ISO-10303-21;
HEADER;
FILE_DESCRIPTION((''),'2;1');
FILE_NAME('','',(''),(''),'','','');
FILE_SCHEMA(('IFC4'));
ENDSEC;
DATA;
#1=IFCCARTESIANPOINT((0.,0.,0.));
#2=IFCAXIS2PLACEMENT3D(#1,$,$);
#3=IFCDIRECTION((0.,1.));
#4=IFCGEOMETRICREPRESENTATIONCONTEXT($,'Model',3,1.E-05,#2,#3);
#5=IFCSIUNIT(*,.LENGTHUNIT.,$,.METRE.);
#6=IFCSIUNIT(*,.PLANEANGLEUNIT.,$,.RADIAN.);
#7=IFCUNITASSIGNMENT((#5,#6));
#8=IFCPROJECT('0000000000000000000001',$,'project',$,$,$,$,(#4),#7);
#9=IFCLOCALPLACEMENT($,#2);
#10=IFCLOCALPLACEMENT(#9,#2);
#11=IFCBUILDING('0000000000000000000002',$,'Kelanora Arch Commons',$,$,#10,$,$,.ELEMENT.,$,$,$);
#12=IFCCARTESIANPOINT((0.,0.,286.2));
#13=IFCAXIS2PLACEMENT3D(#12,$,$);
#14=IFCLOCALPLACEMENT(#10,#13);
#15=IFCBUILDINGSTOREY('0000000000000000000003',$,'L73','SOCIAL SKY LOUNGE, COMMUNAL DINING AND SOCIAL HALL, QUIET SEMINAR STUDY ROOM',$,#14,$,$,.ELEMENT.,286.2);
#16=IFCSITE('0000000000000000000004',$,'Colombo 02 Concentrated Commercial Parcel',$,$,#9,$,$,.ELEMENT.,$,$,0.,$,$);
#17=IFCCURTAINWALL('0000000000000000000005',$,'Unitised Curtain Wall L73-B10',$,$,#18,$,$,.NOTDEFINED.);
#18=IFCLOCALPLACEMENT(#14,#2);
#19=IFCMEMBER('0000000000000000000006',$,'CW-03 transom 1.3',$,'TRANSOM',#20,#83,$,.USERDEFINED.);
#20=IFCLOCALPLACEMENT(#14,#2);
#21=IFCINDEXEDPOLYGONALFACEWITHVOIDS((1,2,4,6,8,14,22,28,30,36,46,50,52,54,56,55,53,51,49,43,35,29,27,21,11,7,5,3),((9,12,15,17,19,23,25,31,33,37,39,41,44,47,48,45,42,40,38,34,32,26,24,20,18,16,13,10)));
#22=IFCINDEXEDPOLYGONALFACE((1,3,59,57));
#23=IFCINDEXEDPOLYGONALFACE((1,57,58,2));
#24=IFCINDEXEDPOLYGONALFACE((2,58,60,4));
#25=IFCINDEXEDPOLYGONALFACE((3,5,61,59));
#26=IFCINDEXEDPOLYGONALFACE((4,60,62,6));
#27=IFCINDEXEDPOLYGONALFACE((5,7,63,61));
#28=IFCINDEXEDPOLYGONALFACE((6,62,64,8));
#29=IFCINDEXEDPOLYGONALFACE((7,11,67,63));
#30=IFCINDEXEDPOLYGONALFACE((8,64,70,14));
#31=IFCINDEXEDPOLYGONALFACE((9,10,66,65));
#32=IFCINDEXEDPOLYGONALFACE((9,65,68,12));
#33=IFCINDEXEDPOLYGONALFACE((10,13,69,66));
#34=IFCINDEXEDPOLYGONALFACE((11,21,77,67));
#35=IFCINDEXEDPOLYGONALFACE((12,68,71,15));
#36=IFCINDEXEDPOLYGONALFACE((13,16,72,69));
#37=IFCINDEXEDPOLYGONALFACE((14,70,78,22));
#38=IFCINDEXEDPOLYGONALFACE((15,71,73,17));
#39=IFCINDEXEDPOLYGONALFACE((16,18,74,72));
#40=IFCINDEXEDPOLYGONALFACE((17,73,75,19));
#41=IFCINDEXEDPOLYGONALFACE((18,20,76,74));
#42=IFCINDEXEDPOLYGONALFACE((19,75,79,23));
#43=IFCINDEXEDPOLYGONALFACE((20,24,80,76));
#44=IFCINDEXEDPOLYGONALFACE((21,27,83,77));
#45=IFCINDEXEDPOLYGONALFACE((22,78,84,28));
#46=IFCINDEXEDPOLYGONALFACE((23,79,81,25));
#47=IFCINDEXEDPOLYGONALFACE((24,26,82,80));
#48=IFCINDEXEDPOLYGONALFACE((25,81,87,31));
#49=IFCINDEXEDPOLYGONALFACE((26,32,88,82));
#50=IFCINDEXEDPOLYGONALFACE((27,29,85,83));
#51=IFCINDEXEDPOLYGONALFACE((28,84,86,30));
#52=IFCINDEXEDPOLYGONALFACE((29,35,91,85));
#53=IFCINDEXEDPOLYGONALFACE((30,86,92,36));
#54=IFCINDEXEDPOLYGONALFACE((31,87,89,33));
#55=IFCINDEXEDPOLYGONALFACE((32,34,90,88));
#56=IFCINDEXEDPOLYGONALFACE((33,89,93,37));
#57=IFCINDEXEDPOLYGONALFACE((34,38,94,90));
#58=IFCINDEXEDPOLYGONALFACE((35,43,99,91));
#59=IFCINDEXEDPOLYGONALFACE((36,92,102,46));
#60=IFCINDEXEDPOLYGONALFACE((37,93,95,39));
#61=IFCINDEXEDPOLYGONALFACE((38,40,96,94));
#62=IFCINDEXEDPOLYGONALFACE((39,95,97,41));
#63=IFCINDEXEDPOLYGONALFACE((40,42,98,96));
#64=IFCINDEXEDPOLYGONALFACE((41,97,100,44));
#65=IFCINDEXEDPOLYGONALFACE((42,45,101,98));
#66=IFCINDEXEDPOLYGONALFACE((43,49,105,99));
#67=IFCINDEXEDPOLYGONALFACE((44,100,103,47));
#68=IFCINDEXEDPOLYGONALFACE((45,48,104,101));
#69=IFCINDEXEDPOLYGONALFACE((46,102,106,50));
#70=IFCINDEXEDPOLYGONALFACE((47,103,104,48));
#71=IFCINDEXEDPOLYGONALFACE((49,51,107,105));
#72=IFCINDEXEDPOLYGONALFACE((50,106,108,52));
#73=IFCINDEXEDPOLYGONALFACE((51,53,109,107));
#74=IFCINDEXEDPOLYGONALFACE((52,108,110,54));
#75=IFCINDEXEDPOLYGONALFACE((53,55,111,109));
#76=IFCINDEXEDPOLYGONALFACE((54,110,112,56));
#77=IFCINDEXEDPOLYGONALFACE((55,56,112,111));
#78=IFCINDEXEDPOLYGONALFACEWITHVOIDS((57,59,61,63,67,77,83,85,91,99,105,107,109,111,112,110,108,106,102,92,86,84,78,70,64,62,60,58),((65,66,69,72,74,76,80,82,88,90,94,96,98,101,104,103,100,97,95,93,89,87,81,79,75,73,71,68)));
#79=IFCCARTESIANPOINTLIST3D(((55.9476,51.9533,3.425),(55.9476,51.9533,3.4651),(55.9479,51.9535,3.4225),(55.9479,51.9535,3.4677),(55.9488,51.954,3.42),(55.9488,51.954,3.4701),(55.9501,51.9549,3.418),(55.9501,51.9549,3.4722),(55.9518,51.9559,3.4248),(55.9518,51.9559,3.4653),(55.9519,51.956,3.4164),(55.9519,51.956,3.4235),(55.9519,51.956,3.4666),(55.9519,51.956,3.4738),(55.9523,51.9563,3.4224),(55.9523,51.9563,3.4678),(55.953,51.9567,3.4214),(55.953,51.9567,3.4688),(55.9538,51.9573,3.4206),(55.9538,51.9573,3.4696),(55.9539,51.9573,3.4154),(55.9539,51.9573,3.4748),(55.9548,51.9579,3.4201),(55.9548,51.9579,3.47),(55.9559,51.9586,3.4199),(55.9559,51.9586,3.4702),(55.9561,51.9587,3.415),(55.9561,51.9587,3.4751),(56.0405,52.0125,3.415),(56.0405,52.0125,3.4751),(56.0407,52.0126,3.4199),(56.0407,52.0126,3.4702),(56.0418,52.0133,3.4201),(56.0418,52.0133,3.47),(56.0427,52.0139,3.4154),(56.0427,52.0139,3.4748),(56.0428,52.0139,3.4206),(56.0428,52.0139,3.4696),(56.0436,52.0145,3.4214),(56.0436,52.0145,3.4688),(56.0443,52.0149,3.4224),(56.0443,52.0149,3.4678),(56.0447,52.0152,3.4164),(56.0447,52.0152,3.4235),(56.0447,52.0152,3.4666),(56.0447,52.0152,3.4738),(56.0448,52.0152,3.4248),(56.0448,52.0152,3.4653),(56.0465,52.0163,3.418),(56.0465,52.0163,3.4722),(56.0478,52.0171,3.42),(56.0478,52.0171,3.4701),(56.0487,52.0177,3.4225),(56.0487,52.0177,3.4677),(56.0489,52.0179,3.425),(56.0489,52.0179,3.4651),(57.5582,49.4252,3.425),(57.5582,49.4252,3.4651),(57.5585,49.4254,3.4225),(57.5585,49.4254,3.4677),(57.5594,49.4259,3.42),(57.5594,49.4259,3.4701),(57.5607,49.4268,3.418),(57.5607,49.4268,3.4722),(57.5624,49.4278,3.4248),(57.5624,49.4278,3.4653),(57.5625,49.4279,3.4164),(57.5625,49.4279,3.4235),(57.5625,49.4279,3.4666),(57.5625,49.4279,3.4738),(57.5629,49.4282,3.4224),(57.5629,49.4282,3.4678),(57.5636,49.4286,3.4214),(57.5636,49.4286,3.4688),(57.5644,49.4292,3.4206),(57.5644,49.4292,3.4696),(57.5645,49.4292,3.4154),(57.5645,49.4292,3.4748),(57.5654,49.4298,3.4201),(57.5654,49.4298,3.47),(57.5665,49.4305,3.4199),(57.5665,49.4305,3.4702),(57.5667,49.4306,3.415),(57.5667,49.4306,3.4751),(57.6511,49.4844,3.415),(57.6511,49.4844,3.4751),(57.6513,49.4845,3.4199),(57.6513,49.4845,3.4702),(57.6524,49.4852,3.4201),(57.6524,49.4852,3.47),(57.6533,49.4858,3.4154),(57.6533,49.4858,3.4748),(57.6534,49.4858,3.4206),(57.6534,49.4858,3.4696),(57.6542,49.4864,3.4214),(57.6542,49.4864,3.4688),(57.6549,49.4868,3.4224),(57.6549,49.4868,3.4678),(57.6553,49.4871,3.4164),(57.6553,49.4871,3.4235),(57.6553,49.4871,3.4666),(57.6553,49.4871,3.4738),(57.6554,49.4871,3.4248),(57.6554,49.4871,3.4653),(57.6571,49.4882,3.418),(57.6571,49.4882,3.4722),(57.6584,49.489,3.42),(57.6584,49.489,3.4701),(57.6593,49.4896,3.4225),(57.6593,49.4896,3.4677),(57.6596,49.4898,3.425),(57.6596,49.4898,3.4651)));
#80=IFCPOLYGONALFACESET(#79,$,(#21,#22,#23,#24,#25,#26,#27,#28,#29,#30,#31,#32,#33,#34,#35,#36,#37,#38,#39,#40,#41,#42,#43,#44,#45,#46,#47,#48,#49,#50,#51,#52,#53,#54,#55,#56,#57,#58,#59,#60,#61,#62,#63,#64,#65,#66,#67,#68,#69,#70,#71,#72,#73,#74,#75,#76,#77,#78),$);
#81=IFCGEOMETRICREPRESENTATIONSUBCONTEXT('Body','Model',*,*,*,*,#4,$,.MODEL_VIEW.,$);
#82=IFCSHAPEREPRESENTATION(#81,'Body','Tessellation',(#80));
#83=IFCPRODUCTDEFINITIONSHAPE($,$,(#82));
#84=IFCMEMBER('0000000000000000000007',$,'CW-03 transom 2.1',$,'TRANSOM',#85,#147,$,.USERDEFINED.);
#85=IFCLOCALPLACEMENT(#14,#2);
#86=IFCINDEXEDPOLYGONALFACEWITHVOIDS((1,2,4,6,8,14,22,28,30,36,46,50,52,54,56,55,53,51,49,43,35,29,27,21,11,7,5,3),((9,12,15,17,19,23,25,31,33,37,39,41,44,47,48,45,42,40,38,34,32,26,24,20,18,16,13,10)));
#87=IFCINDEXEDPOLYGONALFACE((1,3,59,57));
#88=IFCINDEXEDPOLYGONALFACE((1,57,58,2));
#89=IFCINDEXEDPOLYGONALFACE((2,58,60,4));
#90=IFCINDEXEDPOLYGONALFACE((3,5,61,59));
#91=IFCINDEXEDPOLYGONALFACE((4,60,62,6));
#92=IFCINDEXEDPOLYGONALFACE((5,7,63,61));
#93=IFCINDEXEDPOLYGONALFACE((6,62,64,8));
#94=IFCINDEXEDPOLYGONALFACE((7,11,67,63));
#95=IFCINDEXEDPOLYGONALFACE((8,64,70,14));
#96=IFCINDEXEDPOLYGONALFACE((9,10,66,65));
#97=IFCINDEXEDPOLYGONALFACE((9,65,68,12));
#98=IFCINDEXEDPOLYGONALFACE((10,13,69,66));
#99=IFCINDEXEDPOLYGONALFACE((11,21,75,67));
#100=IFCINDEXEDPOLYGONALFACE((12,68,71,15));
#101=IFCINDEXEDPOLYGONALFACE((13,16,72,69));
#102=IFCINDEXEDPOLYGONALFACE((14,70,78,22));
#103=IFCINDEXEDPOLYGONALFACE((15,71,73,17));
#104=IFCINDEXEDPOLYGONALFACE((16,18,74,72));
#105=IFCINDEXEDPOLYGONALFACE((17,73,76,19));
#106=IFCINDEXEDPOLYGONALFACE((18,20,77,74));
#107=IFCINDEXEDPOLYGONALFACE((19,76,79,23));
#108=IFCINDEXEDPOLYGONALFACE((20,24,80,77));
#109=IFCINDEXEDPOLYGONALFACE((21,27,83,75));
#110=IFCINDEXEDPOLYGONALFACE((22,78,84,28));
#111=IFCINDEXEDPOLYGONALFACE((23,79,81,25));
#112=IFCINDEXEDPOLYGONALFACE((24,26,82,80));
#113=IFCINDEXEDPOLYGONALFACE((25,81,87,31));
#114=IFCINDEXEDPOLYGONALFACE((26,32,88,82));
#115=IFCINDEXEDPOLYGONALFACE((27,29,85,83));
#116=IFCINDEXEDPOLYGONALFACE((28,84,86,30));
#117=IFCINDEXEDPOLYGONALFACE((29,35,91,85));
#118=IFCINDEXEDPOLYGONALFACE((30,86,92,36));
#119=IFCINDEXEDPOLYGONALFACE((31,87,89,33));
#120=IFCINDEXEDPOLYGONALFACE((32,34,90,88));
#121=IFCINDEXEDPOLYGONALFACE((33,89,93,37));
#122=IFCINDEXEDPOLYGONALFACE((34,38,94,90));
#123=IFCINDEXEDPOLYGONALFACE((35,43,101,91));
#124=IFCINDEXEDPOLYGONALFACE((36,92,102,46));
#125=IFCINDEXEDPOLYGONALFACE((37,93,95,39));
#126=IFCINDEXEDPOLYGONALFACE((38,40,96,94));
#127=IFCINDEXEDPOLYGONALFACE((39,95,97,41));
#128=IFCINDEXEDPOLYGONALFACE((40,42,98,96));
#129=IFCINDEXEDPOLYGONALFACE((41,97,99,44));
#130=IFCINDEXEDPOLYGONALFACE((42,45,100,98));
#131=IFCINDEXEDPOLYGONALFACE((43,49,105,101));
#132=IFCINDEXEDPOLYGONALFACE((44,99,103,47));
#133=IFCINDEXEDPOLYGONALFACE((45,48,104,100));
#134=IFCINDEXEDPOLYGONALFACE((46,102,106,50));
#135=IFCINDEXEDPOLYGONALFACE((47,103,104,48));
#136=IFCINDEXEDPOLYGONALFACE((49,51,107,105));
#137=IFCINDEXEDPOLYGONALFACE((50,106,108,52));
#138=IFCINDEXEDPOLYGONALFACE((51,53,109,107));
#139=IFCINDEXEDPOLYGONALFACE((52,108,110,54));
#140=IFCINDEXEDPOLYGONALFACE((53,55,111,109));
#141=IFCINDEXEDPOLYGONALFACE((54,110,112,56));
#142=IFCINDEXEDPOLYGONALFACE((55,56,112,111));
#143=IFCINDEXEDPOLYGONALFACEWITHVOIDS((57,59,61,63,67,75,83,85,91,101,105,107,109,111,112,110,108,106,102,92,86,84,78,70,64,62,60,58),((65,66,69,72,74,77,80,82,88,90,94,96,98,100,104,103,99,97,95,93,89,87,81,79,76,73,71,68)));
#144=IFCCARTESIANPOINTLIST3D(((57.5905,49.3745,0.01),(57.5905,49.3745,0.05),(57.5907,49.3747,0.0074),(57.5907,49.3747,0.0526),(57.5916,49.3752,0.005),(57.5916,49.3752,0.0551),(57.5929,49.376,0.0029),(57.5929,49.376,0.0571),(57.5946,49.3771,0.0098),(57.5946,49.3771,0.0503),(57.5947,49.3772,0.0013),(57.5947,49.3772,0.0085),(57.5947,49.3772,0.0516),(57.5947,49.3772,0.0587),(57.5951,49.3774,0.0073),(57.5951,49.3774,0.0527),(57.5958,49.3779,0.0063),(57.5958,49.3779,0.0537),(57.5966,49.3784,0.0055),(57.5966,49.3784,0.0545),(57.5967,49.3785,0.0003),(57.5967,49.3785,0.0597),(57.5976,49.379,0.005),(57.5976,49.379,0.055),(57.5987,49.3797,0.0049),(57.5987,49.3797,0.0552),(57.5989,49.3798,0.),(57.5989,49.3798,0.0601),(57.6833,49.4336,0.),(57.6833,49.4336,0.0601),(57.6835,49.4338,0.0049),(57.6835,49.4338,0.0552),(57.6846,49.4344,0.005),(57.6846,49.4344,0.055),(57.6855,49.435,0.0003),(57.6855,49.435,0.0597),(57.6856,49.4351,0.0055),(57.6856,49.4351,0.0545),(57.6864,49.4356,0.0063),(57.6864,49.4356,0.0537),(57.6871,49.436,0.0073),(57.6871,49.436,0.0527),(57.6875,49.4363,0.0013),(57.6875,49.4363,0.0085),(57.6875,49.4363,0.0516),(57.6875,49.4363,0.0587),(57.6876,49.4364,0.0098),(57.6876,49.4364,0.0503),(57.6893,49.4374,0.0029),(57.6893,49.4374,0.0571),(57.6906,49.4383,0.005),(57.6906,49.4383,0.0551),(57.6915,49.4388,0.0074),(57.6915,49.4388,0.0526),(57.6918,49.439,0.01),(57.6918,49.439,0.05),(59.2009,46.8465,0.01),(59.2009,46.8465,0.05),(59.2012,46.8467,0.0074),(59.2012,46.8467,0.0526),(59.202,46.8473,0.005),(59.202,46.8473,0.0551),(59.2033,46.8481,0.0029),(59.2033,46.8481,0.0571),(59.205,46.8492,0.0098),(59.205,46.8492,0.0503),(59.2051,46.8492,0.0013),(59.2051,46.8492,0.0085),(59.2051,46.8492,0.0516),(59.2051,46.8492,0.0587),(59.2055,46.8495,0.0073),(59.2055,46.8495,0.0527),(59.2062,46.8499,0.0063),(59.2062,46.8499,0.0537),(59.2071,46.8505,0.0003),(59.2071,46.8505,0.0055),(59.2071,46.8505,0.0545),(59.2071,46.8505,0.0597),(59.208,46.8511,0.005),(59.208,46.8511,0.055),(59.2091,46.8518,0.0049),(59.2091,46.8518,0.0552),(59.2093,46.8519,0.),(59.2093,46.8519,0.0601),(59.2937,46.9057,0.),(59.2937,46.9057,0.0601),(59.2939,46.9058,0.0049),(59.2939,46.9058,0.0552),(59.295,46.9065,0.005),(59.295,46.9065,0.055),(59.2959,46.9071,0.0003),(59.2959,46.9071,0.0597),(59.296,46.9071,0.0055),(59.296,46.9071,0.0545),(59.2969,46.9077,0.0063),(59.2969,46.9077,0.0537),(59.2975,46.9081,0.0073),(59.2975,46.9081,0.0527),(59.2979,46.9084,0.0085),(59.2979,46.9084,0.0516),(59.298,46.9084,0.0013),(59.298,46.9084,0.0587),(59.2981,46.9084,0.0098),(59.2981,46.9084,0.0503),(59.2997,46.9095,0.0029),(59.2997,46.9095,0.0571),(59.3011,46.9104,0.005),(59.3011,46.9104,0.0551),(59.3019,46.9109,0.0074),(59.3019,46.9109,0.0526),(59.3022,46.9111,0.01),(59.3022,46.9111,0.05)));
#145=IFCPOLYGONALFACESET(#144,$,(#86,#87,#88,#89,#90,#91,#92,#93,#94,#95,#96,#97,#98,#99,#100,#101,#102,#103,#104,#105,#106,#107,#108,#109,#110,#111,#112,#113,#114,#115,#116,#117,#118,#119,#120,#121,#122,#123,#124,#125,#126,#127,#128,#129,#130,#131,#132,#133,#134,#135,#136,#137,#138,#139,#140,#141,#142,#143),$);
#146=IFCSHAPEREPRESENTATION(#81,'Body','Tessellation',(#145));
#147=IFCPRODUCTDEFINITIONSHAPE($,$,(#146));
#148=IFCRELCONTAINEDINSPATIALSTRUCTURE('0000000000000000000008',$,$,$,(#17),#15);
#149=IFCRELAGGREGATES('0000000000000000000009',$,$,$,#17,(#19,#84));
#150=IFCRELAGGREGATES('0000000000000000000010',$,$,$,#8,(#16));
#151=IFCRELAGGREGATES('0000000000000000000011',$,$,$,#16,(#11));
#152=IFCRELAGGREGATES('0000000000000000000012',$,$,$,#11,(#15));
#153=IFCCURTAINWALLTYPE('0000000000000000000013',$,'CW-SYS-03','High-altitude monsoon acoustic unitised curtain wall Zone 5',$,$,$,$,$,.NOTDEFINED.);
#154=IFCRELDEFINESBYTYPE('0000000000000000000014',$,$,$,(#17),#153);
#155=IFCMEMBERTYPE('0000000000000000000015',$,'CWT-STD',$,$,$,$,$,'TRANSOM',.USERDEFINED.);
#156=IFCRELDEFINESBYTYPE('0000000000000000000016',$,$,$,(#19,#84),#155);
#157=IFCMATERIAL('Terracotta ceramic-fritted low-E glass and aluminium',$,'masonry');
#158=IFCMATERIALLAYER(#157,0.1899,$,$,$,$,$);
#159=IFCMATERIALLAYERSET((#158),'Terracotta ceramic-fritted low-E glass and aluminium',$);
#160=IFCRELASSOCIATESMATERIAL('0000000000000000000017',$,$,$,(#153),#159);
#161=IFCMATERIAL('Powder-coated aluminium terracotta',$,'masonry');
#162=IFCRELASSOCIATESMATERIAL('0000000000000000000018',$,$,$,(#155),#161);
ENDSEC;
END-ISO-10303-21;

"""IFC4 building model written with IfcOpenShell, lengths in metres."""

from ifc_helpers import new_model, si_unit, direction, frame, origin, origin_2d, place, context, subcontext, project, spatial, hollow_rectangle, extrude, material, layer, layer_set, material_profile, profile_set, type_object, element, aggregate, save


model = new_model("IFC4")

# Units and contexts
model_context = context("Model", 3, precision=1e-05, world=origin(), true_north=direction((0.0, 1.0)))
body_context = subcontext(model_context, "Body", "Model", "MODEL_VIEW")
ifc_project = project(units=[si_unit("LENGTHUNIT", "METRE"), si_unit("PLANEANGLEUNIT", "RADIAN")], contexts=[model_context])

# Site, building, storey
site_placement = place(None, origin())
site = spatial("IfcSite", under=ifc_project, at=site_placement, Name="Colombo 02 Concentrated Commercial Parcel", CompositionType="ELEMENT", RefElevation=0.0)
building_placement = place(site_placement, origin())
building = spatial("IfcBuilding", under=site, at=building_placement, Name="Kelanora Arch Commons", CompositionType="ELEMENT")
storey_placement = place(building_placement, frame((0.0, 0.0, 286.2)))
storey = spatial("IfcBuildingStorey", under=building, at=storey_placement, Name="L73", Description="SOCIAL SKY LOUNGE, COMMUNAL DINING AND SOCIAL HALL, QUIET SEMINAR STUDY ROOM", CompositionType="ELEMENT", Elevation=286.2)

# Curtain wall, members
ifc_material_1 = material(Name="Terracotta ceramic-fritted low-E glass and aluminium", Category="masonry")
ifc_layer_1 = layer(ifc_material_1, 0.1899)
ifc_layer_set_1 = layer_set([ifc_layer_1], Name="Terracotta ceramic-fritted low-E glass and aluminium")
curtain_wall_type = type_object("IfcCurtainWallType", Name="CW-SYS-03", Description="High-altitude monsoon acoustic unitised curtain wall Zone 5", PredefinedType="NOTDEFINED", material=ifc_layer_set_1)
curtain_wall_placement = place(storey_placement, origin())
curtain_wall = element("IfcCurtainWall", 1, at=curtain_wall_placement, inside=storey, type_object=curtain_wall_type, Name="Unitised Curtain Wall L73-B10", PredefinedType="NOTDEFINED")
ifc_material_2 = material(Name="Powder-coated aluminium terracotta", Category="masonry")
ifc_material_profile_1 = material_profile(ifc_material_2, hollow_rectangle(XDim=0.1201, YDim=0.0601, WallThickness=0.0049, InnerFilletRadius=0.0049, OuterFilletRadius=0.01, at=origin_2d()), Name="CWT120x60")
ifc_profile_set_1 = profile_set([ifc_material_profile_1], Name="Powder-coated aluminium terracotta")
member_type_1 = type_object("IfcMemberType", Name="CWT-STD", ElementType="TRANSOM", PredefinedType="USERDEFINED", material=ifc_profile_set_1)
member_1_placement = place(storey_placement, frame((55.9983, 51.9856, 3.4451), z_axis=(0.537308, -0.843386, 0.0), x_axis=(0.843386, 0.537308, 0.0)))
member_1 = element("IfcMember", 2, at=member_1_placement, type_object=member_type_1, Name="CW-03 transom 1.3", ObjectType="TRANSOM", PredefinedType="USERDEFINED", context=body_context, shape_type="SweptSolid", body=[
    extrude(hollow_rectangle(XDim=0.1201, YDim=0.0601, WallThickness=0.0049, InnerFilletRadius=0.0049, OuterFilletRadius=0.01, at=origin_2d()), origin(), (0.0, 0.0, 1.0), 2.9976),
])
member_2_placement = place(storey_placement, frame((57.6411, 49.4067, 0.03), z_axis=(0.537287, -0.8434, 0.0), x_axis=(0.8434, 0.537287, 0.0)))
member_2 = element("IfcMember", 3, at=member_2_placement, type_object=member_type_1, Name="CW-03 transom 2.1", ObjectType="TRANSOM", PredefinedType="USERDEFINED", context=body_context, shape_type="SweptSolid", body=[
    extrude(hollow_rectangle(XDim=0.1201, YDim=0.0601, WallThickness=0.0049, InnerFilletRadius=0.0049, OuterFilletRadius=0.01, at=origin_2d()), origin(), (0.0, 0.0, 1.0), 2.9973),
])

aggregate(curtain_wall, [member_1, member_2])

save(model, "model.ifc")
